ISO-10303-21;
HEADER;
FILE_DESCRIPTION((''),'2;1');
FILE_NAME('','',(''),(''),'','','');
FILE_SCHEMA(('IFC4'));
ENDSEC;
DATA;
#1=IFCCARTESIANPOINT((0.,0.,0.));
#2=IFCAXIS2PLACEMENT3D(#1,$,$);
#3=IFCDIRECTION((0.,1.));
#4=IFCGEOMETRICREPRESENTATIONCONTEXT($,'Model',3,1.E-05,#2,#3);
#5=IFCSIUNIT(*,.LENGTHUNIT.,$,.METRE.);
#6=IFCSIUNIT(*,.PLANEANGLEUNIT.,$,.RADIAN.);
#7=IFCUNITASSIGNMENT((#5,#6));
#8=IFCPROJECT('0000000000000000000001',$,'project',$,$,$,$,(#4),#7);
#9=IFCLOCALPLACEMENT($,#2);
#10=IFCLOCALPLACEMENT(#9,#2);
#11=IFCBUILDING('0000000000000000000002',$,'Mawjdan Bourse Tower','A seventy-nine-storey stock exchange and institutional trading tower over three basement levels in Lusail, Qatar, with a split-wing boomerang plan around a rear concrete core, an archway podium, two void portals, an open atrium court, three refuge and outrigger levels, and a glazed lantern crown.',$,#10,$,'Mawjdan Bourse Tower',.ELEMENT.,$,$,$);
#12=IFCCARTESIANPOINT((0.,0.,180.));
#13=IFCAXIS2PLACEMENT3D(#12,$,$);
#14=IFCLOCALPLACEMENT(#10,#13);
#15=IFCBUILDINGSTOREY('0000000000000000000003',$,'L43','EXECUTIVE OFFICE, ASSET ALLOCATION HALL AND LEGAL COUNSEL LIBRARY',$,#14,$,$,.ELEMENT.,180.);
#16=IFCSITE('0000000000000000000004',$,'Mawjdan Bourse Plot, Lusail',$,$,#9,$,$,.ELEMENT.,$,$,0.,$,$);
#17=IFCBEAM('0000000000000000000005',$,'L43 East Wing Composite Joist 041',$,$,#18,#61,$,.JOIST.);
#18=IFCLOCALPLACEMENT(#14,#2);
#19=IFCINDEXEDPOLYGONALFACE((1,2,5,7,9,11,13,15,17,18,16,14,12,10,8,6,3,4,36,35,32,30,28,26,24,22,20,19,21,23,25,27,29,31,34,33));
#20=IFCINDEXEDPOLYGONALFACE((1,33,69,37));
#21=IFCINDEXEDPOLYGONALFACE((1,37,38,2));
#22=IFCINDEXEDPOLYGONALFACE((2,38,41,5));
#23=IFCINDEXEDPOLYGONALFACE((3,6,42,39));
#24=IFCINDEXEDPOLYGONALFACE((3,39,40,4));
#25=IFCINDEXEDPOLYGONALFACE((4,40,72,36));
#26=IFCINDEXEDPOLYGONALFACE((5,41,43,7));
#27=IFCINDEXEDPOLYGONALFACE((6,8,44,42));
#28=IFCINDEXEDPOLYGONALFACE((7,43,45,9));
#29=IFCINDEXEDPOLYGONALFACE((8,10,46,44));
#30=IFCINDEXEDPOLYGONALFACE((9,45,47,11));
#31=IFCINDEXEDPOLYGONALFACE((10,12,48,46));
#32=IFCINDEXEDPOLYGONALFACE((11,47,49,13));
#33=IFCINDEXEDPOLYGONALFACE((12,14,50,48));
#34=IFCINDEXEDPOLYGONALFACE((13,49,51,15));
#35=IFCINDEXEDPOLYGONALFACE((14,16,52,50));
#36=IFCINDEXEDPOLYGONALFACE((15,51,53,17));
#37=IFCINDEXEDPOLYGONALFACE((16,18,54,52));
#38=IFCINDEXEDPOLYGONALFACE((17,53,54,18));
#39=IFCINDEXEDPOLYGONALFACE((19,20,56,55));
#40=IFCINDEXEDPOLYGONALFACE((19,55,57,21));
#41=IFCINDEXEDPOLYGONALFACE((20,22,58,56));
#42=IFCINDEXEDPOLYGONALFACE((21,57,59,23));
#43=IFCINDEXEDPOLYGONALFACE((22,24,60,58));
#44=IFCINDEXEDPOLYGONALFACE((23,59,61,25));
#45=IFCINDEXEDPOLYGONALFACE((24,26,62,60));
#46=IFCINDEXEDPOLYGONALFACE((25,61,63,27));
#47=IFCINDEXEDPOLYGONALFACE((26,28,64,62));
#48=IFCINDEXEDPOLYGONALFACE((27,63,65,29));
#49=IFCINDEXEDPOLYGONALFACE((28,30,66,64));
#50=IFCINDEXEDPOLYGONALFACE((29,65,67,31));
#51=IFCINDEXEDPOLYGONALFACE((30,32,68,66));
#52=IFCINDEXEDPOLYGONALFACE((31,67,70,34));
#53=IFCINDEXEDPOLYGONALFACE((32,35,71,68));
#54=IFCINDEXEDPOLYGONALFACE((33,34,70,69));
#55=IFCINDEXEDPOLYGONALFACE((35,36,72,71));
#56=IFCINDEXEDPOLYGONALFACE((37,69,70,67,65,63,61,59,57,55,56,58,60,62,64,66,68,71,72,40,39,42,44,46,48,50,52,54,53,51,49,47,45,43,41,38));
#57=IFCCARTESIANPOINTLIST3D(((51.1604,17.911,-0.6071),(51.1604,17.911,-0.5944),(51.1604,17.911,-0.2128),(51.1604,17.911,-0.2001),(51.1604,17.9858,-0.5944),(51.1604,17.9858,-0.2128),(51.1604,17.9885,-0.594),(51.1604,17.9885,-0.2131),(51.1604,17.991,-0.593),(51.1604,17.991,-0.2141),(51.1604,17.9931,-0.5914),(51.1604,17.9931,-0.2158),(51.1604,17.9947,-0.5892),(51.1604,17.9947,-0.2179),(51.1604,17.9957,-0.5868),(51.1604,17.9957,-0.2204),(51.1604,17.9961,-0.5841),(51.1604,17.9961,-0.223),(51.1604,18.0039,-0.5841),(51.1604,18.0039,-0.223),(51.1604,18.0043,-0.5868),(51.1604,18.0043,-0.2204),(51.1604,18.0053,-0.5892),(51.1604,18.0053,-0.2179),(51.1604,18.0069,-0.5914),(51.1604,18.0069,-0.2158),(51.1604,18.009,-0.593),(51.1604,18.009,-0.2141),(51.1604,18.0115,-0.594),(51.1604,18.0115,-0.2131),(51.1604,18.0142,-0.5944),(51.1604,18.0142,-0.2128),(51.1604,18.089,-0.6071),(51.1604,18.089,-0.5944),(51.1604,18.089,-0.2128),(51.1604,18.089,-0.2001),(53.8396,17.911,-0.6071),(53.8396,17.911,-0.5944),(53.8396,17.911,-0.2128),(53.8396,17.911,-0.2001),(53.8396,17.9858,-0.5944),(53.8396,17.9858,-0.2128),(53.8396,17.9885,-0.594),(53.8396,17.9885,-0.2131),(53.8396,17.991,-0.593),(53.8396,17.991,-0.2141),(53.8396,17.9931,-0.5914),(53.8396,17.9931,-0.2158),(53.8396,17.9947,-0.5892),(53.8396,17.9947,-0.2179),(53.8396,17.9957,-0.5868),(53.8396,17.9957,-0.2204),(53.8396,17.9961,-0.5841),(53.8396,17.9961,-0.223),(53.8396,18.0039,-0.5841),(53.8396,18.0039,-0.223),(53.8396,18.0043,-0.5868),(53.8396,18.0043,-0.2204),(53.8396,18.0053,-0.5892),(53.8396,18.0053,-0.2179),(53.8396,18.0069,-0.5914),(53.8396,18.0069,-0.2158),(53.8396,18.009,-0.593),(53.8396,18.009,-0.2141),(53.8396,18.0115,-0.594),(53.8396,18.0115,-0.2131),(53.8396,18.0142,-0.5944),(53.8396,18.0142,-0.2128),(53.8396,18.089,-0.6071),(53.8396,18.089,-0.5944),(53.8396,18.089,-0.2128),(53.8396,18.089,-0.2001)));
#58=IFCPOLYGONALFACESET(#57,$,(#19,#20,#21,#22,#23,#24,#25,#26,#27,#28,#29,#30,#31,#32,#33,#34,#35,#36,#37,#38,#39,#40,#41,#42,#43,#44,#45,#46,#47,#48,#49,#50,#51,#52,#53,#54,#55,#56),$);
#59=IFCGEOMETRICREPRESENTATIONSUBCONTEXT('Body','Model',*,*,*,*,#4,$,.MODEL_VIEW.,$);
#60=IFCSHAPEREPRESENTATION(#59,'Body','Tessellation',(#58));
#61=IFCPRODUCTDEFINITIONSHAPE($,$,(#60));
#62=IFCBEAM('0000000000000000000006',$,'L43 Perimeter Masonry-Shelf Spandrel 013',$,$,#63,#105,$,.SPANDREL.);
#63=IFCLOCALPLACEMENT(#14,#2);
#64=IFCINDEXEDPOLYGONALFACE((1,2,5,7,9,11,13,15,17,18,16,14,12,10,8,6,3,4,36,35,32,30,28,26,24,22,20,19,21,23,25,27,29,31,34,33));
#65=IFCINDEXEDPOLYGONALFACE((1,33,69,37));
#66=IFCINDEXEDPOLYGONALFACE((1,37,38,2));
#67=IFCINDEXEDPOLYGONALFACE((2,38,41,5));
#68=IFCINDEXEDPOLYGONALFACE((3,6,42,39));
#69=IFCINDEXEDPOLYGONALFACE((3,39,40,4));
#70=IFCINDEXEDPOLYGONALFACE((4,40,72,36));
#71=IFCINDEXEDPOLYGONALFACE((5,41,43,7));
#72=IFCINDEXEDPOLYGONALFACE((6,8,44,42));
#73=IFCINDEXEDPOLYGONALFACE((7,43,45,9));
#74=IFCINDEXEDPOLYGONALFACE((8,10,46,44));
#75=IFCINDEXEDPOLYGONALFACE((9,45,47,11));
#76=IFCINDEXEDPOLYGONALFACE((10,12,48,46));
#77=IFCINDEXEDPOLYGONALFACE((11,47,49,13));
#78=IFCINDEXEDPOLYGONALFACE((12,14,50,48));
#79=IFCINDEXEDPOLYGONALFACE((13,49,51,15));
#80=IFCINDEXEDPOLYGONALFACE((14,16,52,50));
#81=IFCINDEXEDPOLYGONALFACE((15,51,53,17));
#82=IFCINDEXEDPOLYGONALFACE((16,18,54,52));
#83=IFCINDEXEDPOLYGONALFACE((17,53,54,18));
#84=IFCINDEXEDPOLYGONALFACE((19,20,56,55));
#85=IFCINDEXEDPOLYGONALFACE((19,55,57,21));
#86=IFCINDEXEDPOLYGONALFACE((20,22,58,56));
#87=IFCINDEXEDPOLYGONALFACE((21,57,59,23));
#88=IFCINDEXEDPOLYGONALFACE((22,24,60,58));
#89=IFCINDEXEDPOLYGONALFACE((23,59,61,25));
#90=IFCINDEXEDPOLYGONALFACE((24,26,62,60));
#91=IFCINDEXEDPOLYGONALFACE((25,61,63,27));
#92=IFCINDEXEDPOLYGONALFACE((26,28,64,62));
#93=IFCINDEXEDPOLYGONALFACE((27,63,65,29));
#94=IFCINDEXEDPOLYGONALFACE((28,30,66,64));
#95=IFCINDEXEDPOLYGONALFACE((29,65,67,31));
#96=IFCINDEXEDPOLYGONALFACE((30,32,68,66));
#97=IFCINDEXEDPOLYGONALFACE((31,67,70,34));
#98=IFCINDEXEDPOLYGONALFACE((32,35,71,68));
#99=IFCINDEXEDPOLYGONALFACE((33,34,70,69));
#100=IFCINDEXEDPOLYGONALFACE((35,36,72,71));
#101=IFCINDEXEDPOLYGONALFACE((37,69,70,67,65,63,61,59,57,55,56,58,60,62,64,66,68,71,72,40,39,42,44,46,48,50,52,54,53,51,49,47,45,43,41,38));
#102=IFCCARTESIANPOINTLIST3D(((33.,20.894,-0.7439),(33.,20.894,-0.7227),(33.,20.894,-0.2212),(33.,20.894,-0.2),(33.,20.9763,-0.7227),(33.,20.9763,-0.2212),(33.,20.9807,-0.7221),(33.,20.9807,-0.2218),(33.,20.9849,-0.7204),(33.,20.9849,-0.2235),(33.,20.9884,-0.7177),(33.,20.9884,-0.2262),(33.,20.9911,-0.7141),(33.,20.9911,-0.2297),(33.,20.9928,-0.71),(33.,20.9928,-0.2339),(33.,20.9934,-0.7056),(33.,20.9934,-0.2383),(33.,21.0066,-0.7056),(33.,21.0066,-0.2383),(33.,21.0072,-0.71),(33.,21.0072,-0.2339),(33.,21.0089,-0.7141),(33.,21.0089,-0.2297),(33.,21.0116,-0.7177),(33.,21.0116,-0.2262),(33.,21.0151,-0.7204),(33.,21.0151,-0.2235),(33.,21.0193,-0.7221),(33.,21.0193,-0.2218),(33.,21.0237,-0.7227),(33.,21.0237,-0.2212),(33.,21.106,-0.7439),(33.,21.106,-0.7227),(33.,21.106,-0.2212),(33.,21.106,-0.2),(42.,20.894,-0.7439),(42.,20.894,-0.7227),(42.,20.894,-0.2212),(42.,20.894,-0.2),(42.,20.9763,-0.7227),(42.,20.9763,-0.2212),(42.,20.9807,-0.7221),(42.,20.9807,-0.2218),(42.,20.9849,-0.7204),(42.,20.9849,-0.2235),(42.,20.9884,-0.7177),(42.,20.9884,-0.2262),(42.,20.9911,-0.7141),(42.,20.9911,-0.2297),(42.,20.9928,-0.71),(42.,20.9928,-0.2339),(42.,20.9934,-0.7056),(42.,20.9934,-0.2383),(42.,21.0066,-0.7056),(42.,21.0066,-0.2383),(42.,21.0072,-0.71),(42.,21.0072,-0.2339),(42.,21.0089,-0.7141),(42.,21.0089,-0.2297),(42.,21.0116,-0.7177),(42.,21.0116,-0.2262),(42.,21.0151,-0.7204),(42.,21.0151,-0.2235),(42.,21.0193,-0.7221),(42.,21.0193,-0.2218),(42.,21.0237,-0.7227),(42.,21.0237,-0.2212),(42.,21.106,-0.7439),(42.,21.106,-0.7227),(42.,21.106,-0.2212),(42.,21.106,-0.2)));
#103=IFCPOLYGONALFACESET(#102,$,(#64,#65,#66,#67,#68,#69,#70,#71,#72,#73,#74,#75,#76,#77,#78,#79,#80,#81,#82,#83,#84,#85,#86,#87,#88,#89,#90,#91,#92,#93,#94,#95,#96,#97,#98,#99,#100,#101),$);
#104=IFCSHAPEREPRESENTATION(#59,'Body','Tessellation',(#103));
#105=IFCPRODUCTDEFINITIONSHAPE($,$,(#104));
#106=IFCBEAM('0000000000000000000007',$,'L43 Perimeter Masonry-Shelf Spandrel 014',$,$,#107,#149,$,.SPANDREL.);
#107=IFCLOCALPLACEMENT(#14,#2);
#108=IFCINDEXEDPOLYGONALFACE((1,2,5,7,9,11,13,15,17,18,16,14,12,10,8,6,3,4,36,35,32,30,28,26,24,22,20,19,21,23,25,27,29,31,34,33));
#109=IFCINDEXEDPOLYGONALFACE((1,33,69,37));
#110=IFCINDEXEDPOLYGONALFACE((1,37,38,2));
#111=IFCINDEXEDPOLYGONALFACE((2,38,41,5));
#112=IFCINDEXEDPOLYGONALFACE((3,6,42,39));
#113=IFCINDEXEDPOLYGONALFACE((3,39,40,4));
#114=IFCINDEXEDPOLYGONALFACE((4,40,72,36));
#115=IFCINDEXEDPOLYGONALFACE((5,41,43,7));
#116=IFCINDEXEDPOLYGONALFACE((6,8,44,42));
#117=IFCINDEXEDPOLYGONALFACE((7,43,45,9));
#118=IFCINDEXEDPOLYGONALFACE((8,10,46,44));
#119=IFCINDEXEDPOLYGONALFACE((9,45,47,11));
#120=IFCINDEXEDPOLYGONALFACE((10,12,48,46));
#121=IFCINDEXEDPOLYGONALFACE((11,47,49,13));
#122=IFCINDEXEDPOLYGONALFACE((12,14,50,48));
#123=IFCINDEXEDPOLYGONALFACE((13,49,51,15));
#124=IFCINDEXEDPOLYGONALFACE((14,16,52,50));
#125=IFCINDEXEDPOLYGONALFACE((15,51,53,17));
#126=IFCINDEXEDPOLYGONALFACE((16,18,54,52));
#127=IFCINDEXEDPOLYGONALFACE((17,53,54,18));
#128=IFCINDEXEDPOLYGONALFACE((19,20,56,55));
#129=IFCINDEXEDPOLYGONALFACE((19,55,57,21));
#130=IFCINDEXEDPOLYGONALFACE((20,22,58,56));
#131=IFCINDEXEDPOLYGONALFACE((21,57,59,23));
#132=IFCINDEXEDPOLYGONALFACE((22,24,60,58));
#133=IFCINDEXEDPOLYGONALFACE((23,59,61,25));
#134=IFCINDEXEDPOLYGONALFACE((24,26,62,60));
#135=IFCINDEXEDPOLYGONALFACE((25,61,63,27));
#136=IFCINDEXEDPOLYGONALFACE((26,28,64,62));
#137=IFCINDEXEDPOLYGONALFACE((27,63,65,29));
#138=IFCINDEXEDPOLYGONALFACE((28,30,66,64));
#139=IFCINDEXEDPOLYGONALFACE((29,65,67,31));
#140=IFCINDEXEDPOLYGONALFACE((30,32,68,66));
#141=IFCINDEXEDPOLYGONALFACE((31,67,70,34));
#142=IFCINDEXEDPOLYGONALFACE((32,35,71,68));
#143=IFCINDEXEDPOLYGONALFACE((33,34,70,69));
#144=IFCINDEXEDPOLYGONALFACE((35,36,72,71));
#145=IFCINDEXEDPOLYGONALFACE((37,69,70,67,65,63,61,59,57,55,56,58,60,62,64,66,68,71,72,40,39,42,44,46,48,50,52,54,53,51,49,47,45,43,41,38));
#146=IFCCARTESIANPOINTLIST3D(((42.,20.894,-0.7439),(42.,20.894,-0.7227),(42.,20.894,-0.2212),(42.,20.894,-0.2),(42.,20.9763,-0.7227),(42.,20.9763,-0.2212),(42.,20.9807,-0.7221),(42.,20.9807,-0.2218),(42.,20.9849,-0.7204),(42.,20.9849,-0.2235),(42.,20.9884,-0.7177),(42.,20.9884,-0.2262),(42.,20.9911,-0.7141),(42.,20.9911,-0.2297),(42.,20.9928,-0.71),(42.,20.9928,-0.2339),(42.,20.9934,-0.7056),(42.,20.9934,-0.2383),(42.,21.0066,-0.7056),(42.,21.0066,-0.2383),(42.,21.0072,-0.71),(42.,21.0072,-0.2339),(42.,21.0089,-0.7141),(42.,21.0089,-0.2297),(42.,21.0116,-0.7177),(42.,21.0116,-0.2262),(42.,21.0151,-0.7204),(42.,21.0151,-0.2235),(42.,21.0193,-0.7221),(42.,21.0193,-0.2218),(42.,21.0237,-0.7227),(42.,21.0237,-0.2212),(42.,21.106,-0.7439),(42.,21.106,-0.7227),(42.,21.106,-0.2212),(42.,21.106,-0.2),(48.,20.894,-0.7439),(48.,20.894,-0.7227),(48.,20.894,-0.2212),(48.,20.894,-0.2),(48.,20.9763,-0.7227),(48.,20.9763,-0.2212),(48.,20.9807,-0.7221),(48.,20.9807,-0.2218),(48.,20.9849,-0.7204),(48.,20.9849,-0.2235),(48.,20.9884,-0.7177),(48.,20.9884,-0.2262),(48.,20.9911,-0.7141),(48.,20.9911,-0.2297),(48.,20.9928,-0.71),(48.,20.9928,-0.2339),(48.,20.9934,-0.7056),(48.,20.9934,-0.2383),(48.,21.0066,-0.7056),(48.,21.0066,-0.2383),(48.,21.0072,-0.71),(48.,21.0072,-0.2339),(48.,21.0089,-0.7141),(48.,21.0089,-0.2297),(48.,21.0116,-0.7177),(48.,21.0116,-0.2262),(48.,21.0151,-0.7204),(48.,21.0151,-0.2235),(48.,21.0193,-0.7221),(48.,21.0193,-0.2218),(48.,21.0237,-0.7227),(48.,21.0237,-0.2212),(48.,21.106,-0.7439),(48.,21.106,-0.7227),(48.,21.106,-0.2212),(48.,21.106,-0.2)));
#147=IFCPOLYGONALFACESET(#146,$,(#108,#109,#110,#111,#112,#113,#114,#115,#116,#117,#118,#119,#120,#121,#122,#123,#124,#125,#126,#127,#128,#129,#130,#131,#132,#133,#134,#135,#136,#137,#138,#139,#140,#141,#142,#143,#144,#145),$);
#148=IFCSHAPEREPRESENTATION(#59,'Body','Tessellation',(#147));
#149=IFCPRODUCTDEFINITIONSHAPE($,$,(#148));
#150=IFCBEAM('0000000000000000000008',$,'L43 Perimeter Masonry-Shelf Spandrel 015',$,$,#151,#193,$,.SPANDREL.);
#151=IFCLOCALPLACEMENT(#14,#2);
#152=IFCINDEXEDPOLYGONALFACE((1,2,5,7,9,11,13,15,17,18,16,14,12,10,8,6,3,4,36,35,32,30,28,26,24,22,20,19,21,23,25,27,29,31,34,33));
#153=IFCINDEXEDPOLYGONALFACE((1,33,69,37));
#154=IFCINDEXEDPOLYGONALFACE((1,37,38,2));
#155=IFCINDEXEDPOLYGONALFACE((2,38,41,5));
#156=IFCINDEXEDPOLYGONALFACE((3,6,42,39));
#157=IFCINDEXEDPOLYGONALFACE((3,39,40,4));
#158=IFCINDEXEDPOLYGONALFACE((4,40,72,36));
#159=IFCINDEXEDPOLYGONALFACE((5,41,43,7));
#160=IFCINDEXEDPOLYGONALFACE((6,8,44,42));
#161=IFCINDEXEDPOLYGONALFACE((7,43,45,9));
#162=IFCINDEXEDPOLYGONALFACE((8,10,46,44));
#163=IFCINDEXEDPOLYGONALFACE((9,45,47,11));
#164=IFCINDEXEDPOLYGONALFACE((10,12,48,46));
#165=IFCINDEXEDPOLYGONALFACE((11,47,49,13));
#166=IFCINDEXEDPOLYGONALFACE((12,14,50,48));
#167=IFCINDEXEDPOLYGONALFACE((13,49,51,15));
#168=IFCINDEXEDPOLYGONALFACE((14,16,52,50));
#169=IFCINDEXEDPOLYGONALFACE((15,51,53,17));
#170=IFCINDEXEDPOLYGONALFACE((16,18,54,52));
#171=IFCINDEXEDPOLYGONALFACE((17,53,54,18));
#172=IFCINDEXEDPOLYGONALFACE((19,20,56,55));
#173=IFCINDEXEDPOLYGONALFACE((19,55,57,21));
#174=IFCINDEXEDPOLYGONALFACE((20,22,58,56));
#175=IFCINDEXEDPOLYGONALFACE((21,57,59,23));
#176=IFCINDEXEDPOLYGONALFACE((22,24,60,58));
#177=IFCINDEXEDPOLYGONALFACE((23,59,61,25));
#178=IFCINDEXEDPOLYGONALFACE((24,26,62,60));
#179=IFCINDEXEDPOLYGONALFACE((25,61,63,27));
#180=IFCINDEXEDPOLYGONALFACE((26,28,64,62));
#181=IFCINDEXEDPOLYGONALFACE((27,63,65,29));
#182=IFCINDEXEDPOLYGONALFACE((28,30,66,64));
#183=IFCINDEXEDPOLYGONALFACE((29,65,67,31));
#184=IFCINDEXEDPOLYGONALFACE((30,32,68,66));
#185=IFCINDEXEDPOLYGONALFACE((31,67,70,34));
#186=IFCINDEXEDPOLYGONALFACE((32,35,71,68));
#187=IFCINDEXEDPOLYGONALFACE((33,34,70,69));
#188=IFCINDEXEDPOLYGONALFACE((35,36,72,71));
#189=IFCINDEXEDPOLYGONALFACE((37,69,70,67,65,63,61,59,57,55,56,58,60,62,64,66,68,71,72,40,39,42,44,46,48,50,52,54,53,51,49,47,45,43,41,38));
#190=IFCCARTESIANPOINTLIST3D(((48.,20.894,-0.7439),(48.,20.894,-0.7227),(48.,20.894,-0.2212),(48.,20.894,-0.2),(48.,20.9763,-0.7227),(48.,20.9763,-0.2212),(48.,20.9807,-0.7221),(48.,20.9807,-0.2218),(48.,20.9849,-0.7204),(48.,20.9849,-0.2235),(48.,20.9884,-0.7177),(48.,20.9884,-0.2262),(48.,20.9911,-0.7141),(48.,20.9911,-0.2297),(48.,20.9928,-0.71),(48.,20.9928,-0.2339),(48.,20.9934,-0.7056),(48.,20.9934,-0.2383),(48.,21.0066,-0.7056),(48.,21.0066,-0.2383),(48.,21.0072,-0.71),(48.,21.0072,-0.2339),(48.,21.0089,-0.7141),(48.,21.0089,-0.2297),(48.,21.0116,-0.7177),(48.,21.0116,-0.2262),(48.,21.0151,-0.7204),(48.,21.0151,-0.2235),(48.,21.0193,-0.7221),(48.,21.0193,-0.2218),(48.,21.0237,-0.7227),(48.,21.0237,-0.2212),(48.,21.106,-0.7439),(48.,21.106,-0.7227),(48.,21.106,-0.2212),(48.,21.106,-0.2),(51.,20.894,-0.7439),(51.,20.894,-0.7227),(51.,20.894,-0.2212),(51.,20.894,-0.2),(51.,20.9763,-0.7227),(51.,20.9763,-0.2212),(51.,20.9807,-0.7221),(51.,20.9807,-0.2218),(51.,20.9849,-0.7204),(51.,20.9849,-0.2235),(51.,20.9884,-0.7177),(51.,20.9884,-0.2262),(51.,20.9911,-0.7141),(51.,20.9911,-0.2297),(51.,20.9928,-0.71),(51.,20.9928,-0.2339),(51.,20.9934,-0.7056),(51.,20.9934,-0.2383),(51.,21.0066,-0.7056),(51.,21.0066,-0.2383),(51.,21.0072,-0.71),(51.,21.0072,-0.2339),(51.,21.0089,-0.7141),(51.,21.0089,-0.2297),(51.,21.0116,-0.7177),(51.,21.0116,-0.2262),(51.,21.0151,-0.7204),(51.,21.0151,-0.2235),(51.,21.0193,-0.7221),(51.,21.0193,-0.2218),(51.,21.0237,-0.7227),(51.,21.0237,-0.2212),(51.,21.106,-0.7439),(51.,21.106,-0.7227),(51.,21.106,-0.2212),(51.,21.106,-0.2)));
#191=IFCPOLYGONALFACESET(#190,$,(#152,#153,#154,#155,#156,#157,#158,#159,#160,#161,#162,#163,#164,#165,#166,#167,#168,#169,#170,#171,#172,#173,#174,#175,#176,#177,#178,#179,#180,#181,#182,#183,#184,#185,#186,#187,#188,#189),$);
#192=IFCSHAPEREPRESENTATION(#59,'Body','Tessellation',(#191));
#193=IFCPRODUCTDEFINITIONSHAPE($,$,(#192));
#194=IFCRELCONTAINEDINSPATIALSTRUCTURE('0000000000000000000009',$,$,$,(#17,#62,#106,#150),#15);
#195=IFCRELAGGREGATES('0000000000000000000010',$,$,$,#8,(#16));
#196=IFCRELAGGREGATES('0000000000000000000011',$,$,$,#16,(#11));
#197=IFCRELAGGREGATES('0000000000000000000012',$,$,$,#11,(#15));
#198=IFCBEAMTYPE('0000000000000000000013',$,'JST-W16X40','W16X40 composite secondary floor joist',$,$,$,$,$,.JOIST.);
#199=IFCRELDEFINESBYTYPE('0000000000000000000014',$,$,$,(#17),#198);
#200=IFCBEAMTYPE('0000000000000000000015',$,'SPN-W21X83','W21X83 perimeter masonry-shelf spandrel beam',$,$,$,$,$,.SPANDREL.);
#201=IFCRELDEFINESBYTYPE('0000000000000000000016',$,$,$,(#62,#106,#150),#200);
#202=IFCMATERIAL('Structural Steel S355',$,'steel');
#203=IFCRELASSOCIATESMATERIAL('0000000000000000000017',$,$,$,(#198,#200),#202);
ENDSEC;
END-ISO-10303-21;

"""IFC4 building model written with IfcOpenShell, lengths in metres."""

from ifc_helpers import new_model, si_unit, direction, frame, origin, origin_2d, place, context, subcontext, project, spatial, i_section, extrude, material, material_profile, profile_set, type_object, element, save


model = new_model("IFC4")

# Units and contexts
model_context = context("Model", 3, precision=1e-05, world=origin(), true_north=direction((0.0, 1.0)))
body_context = subcontext(model_context, "Body", "Model", "MODEL_VIEW")
ifc_project = project(units=[si_unit("LENGTHUNIT", "METRE"), si_unit("PLANEANGLEUNIT", "RADIAN")], contexts=[model_context])

# Site, building, storey
site_placement = place(None, origin())
site = spatial("IfcSite", under=ifc_project, at=site_placement, Name="Mawjdan Bourse Plot, Lusail", CompositionType="ELEMENT", RefElevation=0.0)
building_placement = place(site_placement, origin())
building = spatial("IfcBuilding", under=site, at=building_placement, Name="Mawjdan Bourse Tower", Description="A seventy-nine-storey stock exchange and institutional trading tower over three basement levels in Lusail, Qatar, with a split-wing boomerang plan around a rear concrete core, an archway podium, two void portals, an open atrium court, three refuge and outrigger levels, and a glazed lantern crown.", LongName="Mawjdan Bourse Tower", CompositionType="ELEMENT")
storey_placement = place(building_placement, frame((0.0, 0.0, 180.0)))
storey = spatial("IfcBuildingStorey", under=building, at=storey_placement, Name="L43", Description="EXECUTIVE OFFICE, ASSET ALLOCATION HALL AND LEGAL COUNSEL LIBRARY", CompositionType="ELEMENT", Elevation=180.0)

# Beams
ifc_material_1 = material(Name="Structural Steel S355", Category="steel")
ifc_material_profile_1 = material_profile(ifc_material_1, i_section(OverallWidth=0.178, OverallDepth=0.407, WebThickness=0.0078, FlangeThickness=0.0127, FilletRadius=0.0103, at=origin_2d()), Name="W16X40")
ifc_profile_set_1 = profile_set([ifc_material_profile_1], Name="Structural Steel S355")
beam_type_1 = type_object("IfcBeamType", Name="JST-W16X40", Description="W16X40 composite secondary floor joist", PredefinedType="JOIST", material=ifc_profile_set_1)
for number, where, z_axis, x_axis, name in (
    (1, (51.1604, 18.0, -0.4036), (1.0, 0.0, 0.0), (0.0, 1.0, 0.0), "L43 East Wing Composite Joist 041"),
):
    element("IfcBeam", number, at=place(storey_placement, frame(where, z_axis=z_axis, x_axis=x_axis)), inside=storey, type_object=beam_type_1, Name=name, PredefinedType="JOIST", context=body_context, shape_type="SweptSolid", body=[
        extrude(i_section(OverallWidth=0.178, OverallDepth=0.407, WebThickness=0.0078, FlangeThickness=0.0127, FilletRadius=0.0103, at=origin_2d()), origin(), (0.0, 0.0, 1.0), 2.6792),
    ])
ifc_material_profile_2 = material_profile(ifc_material_1, i_section(OverallWidth=0.2119, OverallDepth=0.5439, WebThickness=0.0132, FlangeThickness=0.0212, FilletRadius=0.0171, at=origin_2d()), Name="W21X83")
ifc_profile_set_2 = profile_set([ifc_material_profile_2], Name="Structural Steel S355")
beam_type_2 = type_object("IfcBeamType", Name="SPN-W21X83", Description="W21X83 perimeter masonry-shelf spandrel beam", PredefinedType="SPANDREL", material=ifc_profile_set_2)
beam_1_placement = place(storey_placement, frame((33.0, 21.0, -0.4719), z_axis=(1.0, 0.0, 0.0), x_axis=(0.0, 1.0, 0.0)))
element("IfcBeam", 2, at=beam_1_placement, inside=storey, type_object=beam_type_2, Name="L43 Perimeter Masonry-Shelf Spandrel 013", PredefinedType="SPANDREL", context=body_context, shape_type="SweptSolid", body=[
    extrude(i_section(OverallWidth=0.2119, OverallDepth=0.5439, WebThickness=0.0132, FlangeThickness=0.0212, FilletRadius=0.0171, at=origin_2d()), origin(), (0.0, 0.0, 1.0), 9.0),
])
beam_2_placement = place(storey_placement, frame((42.0, 21.0, -0.4719), z_axis=(1.0, 0.0, 0.0), x_axis=(0.0, 1.0, 0.0)))
element("IfcBeam", 3, at=beam_2_placement, inside=storey, type_object=beam_type_2, Name="L43 Perimeter Masonry-Shelf Spandrel 014", PredefinedType="SPANDREL", context=body_context, shape_type="SweptSolid", body=[
    extrude(i_section(OverallWidth=0.2119, OverallDepth=0.5439, WebThickness=0.0132, FlangeThickness=0.0212, FilletRadius=0.0171, at=origin_2d()), origin(), (0.0, 0.0, 1.0), 6.0),
])
for number, where, z_axis, x_axis, name in (
    (4, (48.0, 21.0, -0.4719), (1.0, 0.0, 0.0), (0.0, 1.0, 0.0), "L43 Perimeter Masonry-Shelf Spandrel 015"),
):
    element("IfcBeam", number, at=place(storey_placement, frame(where, z_axis=z_axis, x_axis=x_axis)), inside=storey, type_object=beam_type_2, Name=name, PredefinedType="SPANDREL", context=body_context, shape_type="SweptSolid", body=[
        extrude(i_section(OverallWidth=0.2119, OverallDepth=0.5439, WebThickness=0.0132, FlangeThickness=0.0212, FilletRadius=0.0171, at=origin_2d()), origin(), (0.0, 0.0, 1.0), 3.0),
    ])

save(model, "model.ifc")
